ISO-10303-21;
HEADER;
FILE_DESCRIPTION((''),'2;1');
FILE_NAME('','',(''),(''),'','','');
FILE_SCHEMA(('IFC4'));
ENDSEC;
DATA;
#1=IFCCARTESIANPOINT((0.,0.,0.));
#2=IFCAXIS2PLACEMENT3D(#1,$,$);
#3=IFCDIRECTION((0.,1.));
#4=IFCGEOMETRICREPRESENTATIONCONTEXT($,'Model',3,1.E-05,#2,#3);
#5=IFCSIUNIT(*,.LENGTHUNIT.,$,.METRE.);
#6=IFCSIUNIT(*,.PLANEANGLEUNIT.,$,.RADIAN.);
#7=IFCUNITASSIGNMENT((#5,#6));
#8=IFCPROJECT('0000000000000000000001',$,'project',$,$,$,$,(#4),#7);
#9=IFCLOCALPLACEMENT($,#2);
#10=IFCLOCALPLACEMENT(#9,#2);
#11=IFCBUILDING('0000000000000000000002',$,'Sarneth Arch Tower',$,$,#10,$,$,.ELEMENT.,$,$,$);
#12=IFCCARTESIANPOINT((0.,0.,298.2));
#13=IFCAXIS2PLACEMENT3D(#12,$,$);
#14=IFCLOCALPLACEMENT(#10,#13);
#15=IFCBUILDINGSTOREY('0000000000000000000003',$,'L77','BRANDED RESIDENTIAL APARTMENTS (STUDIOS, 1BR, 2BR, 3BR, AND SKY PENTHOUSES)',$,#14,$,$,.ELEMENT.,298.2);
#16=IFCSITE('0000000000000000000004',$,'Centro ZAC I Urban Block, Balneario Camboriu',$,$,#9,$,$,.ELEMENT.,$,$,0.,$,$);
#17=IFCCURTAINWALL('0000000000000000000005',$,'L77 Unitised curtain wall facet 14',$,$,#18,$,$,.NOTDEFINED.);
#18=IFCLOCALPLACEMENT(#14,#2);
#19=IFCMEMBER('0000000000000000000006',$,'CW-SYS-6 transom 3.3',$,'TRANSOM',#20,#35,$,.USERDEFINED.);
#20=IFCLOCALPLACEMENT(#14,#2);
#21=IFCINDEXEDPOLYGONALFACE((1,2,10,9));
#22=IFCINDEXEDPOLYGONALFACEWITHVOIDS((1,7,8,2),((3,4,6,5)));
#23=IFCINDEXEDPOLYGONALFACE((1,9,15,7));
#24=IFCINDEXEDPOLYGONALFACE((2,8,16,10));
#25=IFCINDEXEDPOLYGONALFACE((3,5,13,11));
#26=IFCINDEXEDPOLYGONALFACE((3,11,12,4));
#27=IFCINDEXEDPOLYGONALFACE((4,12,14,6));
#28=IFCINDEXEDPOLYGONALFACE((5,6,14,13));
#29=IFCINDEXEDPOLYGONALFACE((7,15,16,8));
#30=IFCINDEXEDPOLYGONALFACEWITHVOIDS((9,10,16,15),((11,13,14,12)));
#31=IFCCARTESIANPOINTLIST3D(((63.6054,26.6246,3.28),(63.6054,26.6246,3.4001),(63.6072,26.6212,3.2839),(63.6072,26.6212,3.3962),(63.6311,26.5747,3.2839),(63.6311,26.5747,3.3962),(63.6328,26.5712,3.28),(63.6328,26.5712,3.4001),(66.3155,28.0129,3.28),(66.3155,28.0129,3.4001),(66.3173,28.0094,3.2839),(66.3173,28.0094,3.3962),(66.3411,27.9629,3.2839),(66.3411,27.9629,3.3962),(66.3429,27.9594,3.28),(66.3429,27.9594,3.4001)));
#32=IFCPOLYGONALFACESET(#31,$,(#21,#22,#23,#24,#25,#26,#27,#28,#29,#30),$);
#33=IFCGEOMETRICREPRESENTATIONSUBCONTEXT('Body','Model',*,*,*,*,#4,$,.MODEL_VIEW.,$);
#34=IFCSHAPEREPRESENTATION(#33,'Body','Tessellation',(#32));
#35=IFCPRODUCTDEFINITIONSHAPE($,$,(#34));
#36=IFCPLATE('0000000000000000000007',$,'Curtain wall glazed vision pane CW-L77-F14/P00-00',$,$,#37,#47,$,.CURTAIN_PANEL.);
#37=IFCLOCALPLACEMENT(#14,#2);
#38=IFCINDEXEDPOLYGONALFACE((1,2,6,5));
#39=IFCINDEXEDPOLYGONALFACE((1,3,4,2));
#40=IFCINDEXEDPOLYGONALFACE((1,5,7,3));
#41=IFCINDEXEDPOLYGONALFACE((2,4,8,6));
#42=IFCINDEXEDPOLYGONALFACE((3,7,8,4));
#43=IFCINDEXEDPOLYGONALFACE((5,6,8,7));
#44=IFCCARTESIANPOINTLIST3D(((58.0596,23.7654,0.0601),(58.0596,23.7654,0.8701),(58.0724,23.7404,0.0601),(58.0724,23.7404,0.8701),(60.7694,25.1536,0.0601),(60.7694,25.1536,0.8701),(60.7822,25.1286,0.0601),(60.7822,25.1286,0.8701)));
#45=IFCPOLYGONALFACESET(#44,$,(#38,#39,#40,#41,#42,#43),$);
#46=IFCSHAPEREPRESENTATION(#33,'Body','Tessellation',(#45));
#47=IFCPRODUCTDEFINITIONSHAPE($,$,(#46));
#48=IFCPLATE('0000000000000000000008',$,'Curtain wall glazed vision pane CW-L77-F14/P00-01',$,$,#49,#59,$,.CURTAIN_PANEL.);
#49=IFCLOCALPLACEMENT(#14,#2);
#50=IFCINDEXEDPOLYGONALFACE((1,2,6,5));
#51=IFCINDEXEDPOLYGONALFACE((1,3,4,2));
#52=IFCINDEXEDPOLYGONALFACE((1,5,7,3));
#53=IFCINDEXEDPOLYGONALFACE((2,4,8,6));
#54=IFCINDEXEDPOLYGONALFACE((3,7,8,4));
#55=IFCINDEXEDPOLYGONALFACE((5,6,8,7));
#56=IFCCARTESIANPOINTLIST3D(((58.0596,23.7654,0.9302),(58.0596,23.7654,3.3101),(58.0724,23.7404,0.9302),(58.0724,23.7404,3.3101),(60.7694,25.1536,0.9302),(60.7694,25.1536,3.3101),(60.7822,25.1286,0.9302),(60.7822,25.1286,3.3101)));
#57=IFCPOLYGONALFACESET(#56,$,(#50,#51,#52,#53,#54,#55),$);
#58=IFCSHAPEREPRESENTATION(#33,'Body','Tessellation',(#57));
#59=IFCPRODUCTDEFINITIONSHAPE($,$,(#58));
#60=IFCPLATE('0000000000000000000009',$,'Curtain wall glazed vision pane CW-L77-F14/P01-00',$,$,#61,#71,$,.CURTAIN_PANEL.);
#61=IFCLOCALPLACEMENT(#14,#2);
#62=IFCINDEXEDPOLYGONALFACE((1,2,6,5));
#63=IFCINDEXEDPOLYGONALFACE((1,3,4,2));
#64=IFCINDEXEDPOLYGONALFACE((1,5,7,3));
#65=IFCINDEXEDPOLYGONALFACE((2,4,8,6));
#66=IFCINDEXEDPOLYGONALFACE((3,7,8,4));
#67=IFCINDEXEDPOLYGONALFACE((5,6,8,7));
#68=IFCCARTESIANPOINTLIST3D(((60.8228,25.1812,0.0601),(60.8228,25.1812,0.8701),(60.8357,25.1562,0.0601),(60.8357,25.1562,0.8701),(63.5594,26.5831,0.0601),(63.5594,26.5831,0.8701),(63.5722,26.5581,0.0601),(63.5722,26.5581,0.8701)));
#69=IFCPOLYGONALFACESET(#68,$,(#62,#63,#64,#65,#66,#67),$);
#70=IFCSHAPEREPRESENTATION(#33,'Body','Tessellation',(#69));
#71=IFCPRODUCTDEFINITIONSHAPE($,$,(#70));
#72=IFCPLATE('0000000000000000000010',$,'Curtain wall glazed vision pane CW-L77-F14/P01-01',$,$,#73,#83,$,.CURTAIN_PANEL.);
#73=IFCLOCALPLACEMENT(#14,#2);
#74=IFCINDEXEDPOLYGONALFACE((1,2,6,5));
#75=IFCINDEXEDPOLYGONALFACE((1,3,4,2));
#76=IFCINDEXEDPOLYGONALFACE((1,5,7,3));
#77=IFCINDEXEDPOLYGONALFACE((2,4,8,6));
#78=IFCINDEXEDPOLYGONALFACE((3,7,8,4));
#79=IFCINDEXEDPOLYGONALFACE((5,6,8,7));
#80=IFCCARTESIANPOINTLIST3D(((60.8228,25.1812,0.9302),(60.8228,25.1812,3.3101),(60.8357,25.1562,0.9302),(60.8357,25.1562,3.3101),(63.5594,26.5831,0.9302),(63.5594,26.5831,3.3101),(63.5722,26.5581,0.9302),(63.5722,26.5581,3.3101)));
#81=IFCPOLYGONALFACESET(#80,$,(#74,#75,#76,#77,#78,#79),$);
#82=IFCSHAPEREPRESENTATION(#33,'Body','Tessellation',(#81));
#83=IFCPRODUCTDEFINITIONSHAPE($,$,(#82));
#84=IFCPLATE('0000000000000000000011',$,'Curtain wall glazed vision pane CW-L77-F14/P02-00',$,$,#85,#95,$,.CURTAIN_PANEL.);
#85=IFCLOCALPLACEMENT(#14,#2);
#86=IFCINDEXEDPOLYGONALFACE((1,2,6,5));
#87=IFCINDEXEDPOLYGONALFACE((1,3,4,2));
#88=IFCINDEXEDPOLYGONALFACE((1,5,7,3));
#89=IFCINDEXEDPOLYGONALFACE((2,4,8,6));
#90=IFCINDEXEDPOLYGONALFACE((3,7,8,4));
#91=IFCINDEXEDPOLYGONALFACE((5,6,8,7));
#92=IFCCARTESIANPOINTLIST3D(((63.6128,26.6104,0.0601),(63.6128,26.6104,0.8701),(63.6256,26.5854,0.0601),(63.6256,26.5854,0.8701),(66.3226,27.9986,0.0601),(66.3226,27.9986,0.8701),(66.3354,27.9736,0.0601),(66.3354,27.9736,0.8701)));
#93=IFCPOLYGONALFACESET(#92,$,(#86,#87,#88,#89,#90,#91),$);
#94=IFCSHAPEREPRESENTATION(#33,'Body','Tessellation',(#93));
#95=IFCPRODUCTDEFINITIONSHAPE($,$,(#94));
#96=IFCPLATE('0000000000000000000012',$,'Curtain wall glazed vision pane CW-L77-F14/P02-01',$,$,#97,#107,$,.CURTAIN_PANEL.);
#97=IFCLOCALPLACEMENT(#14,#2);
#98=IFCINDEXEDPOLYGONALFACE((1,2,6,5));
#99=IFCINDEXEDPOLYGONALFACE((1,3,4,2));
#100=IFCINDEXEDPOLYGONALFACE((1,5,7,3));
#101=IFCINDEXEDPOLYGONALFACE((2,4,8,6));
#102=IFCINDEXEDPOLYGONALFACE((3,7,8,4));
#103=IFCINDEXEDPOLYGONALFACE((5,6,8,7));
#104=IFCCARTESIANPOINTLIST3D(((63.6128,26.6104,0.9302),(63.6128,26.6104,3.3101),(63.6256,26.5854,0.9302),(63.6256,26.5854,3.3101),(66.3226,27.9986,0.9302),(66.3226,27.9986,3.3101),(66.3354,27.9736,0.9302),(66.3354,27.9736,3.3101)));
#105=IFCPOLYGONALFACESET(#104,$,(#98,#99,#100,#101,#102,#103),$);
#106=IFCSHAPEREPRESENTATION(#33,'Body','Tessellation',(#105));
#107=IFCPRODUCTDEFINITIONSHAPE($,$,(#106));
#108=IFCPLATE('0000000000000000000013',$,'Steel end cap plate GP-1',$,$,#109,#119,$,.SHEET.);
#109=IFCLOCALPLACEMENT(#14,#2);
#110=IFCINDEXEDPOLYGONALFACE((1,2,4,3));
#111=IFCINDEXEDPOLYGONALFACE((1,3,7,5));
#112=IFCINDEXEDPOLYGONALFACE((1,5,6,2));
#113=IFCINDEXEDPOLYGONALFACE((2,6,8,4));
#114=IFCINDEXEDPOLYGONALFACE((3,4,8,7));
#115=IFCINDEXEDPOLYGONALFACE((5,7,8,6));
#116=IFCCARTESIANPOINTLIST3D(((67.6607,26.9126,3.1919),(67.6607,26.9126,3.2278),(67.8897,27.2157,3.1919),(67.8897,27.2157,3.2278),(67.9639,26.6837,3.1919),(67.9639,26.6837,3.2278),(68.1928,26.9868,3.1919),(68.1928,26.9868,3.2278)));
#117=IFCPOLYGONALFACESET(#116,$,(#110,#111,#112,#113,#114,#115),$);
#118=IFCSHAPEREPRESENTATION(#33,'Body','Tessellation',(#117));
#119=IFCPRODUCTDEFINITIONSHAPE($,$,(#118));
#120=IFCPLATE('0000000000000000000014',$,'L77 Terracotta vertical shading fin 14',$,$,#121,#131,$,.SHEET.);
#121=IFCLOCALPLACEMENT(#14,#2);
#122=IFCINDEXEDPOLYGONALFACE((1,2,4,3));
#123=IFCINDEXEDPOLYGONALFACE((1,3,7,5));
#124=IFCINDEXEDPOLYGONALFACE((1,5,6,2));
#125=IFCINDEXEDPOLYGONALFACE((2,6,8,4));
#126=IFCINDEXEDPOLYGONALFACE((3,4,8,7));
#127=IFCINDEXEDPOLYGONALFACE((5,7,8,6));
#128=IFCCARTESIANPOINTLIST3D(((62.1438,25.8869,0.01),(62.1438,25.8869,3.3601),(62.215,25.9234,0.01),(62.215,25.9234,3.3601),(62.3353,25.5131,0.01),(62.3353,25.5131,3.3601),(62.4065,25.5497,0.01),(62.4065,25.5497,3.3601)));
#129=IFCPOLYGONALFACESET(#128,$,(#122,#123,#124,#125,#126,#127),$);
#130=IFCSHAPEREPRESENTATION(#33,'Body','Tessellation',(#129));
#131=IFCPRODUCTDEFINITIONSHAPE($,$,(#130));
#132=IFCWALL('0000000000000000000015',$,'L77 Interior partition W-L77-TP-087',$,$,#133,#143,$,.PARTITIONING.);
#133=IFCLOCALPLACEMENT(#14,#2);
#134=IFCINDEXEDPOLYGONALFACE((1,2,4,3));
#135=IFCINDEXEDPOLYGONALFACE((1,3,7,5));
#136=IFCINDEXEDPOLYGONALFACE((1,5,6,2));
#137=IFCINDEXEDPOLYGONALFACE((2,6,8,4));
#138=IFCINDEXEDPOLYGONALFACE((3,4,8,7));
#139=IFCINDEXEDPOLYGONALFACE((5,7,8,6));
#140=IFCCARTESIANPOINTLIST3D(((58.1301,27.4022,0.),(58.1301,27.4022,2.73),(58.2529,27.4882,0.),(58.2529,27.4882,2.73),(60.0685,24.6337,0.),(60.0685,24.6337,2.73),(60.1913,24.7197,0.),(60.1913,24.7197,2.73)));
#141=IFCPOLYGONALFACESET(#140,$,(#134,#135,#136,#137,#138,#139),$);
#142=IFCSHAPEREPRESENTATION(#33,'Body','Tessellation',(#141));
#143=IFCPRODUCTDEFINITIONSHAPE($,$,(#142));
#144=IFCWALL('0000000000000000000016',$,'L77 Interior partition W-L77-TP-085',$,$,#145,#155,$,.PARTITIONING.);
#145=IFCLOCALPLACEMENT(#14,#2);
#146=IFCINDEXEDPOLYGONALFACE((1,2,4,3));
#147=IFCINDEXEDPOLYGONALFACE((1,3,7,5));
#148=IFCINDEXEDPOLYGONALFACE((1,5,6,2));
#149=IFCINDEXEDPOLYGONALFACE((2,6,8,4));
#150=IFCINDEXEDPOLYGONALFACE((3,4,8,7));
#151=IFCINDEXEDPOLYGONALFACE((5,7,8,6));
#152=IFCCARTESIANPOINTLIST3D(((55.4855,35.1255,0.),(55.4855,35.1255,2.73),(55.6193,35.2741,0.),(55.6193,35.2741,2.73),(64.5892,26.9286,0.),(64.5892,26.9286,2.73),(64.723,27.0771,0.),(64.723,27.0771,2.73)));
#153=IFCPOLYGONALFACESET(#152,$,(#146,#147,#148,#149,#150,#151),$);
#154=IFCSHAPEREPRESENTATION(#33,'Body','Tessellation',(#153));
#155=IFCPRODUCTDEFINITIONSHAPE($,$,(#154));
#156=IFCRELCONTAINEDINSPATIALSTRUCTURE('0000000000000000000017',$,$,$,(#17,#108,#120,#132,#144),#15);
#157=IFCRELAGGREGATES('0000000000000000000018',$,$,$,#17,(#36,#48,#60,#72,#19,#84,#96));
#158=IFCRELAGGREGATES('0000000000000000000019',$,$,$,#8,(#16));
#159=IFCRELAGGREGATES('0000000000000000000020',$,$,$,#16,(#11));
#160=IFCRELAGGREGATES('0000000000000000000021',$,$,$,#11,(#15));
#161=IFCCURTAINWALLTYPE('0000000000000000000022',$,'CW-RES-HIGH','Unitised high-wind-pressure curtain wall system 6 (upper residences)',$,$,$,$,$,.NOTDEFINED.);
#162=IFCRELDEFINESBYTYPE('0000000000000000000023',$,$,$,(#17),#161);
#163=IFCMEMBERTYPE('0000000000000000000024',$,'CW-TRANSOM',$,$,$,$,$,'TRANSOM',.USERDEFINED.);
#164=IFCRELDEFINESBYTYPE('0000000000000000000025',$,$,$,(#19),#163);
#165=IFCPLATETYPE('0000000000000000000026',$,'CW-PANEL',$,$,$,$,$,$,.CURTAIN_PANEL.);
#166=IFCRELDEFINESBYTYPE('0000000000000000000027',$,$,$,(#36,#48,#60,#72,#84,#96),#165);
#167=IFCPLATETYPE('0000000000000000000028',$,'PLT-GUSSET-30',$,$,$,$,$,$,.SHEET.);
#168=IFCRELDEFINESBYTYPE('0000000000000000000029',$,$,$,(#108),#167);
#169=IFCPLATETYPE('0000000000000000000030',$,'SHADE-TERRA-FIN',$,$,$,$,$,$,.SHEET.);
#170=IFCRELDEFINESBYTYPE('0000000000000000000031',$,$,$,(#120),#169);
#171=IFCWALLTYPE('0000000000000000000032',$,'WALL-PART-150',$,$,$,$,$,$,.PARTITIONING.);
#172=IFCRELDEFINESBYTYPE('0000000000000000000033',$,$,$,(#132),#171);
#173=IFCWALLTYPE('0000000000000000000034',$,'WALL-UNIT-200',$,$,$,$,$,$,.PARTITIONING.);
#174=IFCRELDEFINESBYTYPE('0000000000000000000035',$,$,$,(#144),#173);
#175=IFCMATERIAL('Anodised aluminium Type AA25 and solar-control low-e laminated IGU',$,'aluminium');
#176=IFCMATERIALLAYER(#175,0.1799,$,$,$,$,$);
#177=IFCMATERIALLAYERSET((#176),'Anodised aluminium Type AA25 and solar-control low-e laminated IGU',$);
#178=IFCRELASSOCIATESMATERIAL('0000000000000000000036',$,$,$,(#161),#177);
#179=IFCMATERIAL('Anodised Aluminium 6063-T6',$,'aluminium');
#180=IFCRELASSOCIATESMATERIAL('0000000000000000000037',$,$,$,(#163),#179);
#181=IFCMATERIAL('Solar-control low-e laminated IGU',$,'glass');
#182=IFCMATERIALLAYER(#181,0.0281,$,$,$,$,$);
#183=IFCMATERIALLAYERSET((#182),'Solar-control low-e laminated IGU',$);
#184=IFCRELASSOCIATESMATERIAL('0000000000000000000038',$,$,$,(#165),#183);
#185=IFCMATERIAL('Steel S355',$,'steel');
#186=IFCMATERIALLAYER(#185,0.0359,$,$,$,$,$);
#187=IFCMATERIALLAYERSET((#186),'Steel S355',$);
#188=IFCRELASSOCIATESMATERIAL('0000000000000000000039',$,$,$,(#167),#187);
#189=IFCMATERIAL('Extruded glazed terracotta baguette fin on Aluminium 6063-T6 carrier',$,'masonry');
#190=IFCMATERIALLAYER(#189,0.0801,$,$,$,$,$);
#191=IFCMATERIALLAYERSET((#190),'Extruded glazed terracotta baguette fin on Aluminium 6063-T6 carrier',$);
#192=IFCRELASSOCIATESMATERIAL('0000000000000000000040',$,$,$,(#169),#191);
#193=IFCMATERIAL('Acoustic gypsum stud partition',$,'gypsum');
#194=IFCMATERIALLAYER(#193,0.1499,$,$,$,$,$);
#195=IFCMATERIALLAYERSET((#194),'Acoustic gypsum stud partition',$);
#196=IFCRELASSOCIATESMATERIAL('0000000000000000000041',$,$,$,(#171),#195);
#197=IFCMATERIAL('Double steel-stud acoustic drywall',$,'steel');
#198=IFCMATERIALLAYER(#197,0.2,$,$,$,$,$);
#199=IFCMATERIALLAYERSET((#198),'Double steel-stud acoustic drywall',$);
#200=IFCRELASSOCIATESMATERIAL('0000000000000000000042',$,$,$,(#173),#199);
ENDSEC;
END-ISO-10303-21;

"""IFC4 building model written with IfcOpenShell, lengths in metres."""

from ifc_helpers import new_model, si_unit, direction, frame, frame_2d, origin, origin_2d, place, context, subcontext, project, spatial, rectangle, hollow_rectangle, extrude, material, layer, layer_set, material_profile, profile_set, type_object, element, aggregate, save


model = new_model("IFC4")

# Units and contexts
model_context = context("Model", 3, precision=1e-05, world=origin(), true_north=direction((0.0, 1.0)))
body_context = subcontext(model_context, "Body", "Model", "MODEL_VIEW")
ifc_project = project(units=[si_unit("LENGTHUNIT", "METRE"), si_unit("PLANEANGLEUNIT", "RADIAN")], contexts=[model_context])

# Site, building, storey
site_placement = place(None, origin())
site = spatial("IfcSite", under=ifc_project, at=site_placement, Name="Centro ZAC I Urban Block, Balneario Camboriu", CompositionType="ELEMENT", RefElevation=0.0)
building_placement = place(site_placement, origin())
building = spatial("IfcBuilding", under=site, at=building_placement, Name="Sarneth Arch Tower", CompositionType="ELEMENT")
storey_placement = place(building_placement, frame((0.0, 0.0, 298.2)))
storey = spatial("IfcBuildingStorey", under=building, at=storey_placement, Name="L77", Description="BRANDED RESIDENTIAL APARTMENTS (STUDIOS, 1BR, 2BR, 3BR, AND SKY PENTHOUSES)", CompositionType="ELEMENT", Elevation=298.2)

# Curtain wall, member, plates
ifc_material_1 = material(Name="Anodised aluminium Type AA25 and solar-control low-e laminated IGU", Category="aluminium")
ifc_layer_1 = layer(ifc_material_1, 0.1799)
ifc_layer_set_1 = layer_set([ifc_layer_1], Name="Anodised aluminium Type AA25 and solar-control low-e laminated IGU")
curtain_wall_type = type_object("IfcCurtainWallType", Name="CW-RES-HIGH", Description="Unitised high-wind-pressure curtain wall system 6 (upper residences)", PredefinedType="NOTDEFINED", material=ifc_layer_set_1)
curtain_wall_placement = place(storey_placement, origin())
curtain_wall = element("IfcCurtainWall", 1, at=curtain_wall_placement, inside=storey, type_object=curtain_wall_type, Name="L77 Unitised curtain wall facet 14", PredefinedType="NOTDEFINED")
ifc_material_2 = material(Name="Anodised Aluminium 6063-T6", Category="aluminium")
ifc_material_profile_1 = material_profile(ifc_material_2, hollow_rectangle(XDim=0.0601, YDim=0.1201, WallThickness=0.0039, at=origin_2d()), Name="AL-TRAN-120x60x4")
ifc_profile_set_1 = profile_set([ifc_material_profile_1], Name="Anodised Aluminium 6063-T6")
member_type_1 = type_object("IfcMemberType", Name="CW-TRANSOM", ElementType="TRANSOM", PredefinedType="USERDEFINED", material=ifc_profile_set_1)
member_1_placement = place(storey_placement, frame((63.6191, 26.5979, 3.3401), z_axis=(0.890023, 0.455916, 0.0), x_axis=(-0.455916, 0.890023, 0.0)))
member_1 = element("IfcMember", 2, at=member_1_placement, type_object=member_type_1, Name="CW-SYS-6 transom 3.3", ObjectType="TRANSOM", PredefinedType="USERDEFINED", context=body_context, shape_type="SweptSolid", body=[
    extrude(hollow_rectangle(XDim=0.0601, YDim=0.1201, WallThickness=0.0039, at=origin_2d()), origin(), (0.0, 0.0, 1.0), 3.0449),
])
ifc_material_3 = material(Name="Solar-control low-e laminated IGU", Category="glass")
ifc_layer_2 = layer(ifc_material_3, 0.0281)
ifc_layer_set_2 = layer_set([ifc_layer_2], Name="Solar-control low-e laminated IGU")
plate_type_1 = type_object("IfcPlateType", Name="CW-PANEL", PredefinedType="CURTAIN_PANEL", material=ifc_layer_set_2)
plate_1_placement = place(storey_placement, frame((59.4209, 24.447, 0.0601), z_axis=(0.0, 0.0, 1.0), x_axis=(0.89001, 0.455942, 0.0)))
plate_1 = element("IfcPlate", 3, at=plate_1_placement, type_object=plate_type_1, Name="Curtain wall glazed vision pane CW-L77-F14/P00-00", PredefinedType="CURTAIN_PANEL", context=body_context, shape_type="SweptSolid", body=[
    extrude(rectangle(XDim=3.0447, YDim=0.0281, at=origin_2d()), origin(), (0.0, 0.0, 1.0), 0.8101),
])
plate_2_placement = place(storey_placement, frame((59.4209, 24.447, 0.9302), z_axis=(0.0, 0.0, 1.0), x_axis=(0.89001, 0.455942, 0.0)))
plate_2 = element("IfcPlate", 4, at=plate_2_placement, type_object=plate_type_1, Name="Curtain wall glazed vision pane CW-L77-F14/P00-01", PredefinedType="CURTAIN_PANEL", context=body_context, shape_type="SweptSolid", body=[
    extrude(rectangle(XDim=3.0447, YDim=0.0281, at=origin_2d()), origin(), (0.0, 0.0, 1.0), 2.3799),
])
plate_3_placement = place(storey_placement, frame((62.1975, 25.8696, 0.0601), z_axis=(0.0, 0.0, 1.0), x_axis=(0.89001, 0.455942, 0.0)))
plate_3 = element("IfcPlate", 5, at=plate_3_placement, type_object=plate_type_1, Name="Curtain wall glazed vision pane CW-L77-F14/P01-00", PredefinedType="CURTAIN_PANEL", context=body_context, shape_type="SweptSolid", body=[
    extrude(rectangle(XDim=3.0747, YDim=0.0281, at=origin_2d()), origin(), (0.0, 0.0, 1.0), 0.8101),
])
plate_4_placement = place(storey_placement, frame((62.1975, 25.8696, 0.9302), z_axis=(0.0, 0.0, 1.0), x_axis=(0.89001, 0.455942, 0.0)))
plate_4 = element("IfcPlate", 6, at=plate_4_placement, type_object=plate_type_1, Name="Curtain wall glazed vision pane CW-L77-F14/P01-01", PredefinedType="CURTAIN_PANEL", context=body_context, shape_type="SweptSolid", body=[
    extrude(rectangle(XDim=3.0747, YDim=0.0281, at=origin_2d()), origin(), (0.0, 0.0, 1.0), 2.3799),
])
plate_5_placement = place(storey_placement, frame((64.9741, 27.292, 0.0601), z_axis=(0.0, 0.0, 1.0), x_axis=(0.89001, 0.455942, 0.0)))
plate_5 = element("IfcPlate", 7, at=plate_5_placement, type_object=plate_type_1, Name="Curtain wall glazed vision pane CW-L77-F14/P02-00", PredefinedType="CURTAIN_PANEL", context=body_context, shape_type="SweptSolid", body=[
    extrude(rectangle(XDim=3.0447, YDim=0.0281, at=origin_2d()), origin(), (0.0, 0.0, 1.0), 0.8101),
])
plate_6_placement = place(storey_placement, frame((64.9741, 27.292, 0.9302), z_axis=(0.0, 0.0, 1.0), x_axis=(0.89001, 0.455942, 0.0)))
plate_6 = element("IfcPlate", 8, at=plate_6_placement, type_object=plate_type_1, Name="Curtain wall glazed vision pane CW-L77-F14/P02-01", PredefinedType="CURTAIN_PANEL", context=body_context, shape_type="SweptSolid", body=[
    extrude(rectangle(XDim=3.0447, YDim=0.0281, at=origin_2d()), origin(), (0.0, 0.0, 1.0), 2.3799),
])
aggregate(curtain_wall, [plate_1, plate_2, plate_3, plate_4, member_1, plate_5, plate_6])

# Plates
ifc_material_4 = material(Name="Steel S355", Category="steel")
ifc_layer_3 = layer(ifc_material_4, 0.0359)
ifc_layer_set_3 = layer_set([ifc_layer_3], Name="Steel S355")
plate_type_2 = type_object("IfcPlateType", Name="PLT-GUSSET-30", PredefinedType="SHEET", material=ifc_layer_set_3)
plate_7_placement = place(storey_placement, frame((67.9268, 26.9497, 3.1919), z_axis=(0.0, 0.0, 1.0), x_axis=(0.798005, -0.602651, 0.0)))
element("IfcPlate", 9, at=plate_7_placement, inside=storey, type_object=plate_type_2, Name="Steel end cap plate GP-1", PredefinedType="SHEET", context=body_context, shape_type="SweptSolid", body=[
    extrude(rectangle(XDim=0.3799, YDim=0.3799, at=origin_2d()), origin(), (0.0, 0.0, 1.0), 0.0359),
])
ifc_material_5 = material(Name="Extruded glazed terracotta baguette fin on Aluminium 6063-T6 carrier", Category="masonry")
ifc_layer_4 = layer(ifc_material_5, 0.0801)
ifc_layer_set_4 = layer_set([ifc_layer_4], Name="Extruded glazed terracotta baguette fin on Aluminium 6063-T6 carrier")
plate_type_3 = type_object("IfcPlateType", Name="SHADE-TERRA-FIN", PredefinedType="SHEET", material=ifc_layer_set_4)
plate_8_placement = place(storey_placement, frame((62.2751, 25.7183, 0.01), z_axis=(0.0, 0.0, 1.0), x_axis=(0.456011, -0.889974, 0.0)))
element("IfcPlate", 10, at=plate_8_placement, inside=storey, type_object=plate_type_3, Name="L77 Terracotta vertical shading fin 14", PredefinedType="SHEET", context=body_context, shape_type="SweptSolid", body=[
    extrude(rectangle(XDim=0.4199, YDim=0.0801, at=origin_2d()), origin(), (0.0, 0.0, 1.0), 3.3501),
])

# Walls
ifc_material_6 = material(Name="Acoustic gypsum stud partition", Category="gypsum")
ifc_layer_5 = layer(ifc_material_6, 0.1499)
ifc_layer_set_5 = layer_set([ifc_layer_5], Name="Acoustic gypsum stud partition")
wall_type_1 = type_object("IfcWallType", Name="WALL-PART-150", PredefinedType="PARTITIONING", material=ifc_layer_set_5)
wall_1_placement = place(storey_placement, frame((58.1914, 27.4453, 0.0), z_axis=(0.0, 0.0, 1.0), x_axis=(0.573559, -0.819164, 0.0)))
element("IfcWall", 11, at=wall_1_placement, inside=storey, type_object=wall_type_1, Name="L77 Interior partition W-L77-TP-087", PredefinedType="PARTITIONING", context=body_context, shape_type="SweptSolid", body=[
    extrude(rectangle(XDim=3.3796, YDim=0.1499, at=frame_2d((1.6899, 0.0))), origin(), (0.0, 0.0, 1.0), 2.73),
])
ifc_material_7 = material(Name="Double steel-stud acoustic drywall", Category="steel")
ifc_layer_6 = layer(ifc_material_7, 0.2)
ifc_layer_set_6 = layer_set([ifc_layer_6], Name="Double steel-stud acoustic drywall")
wall_type_2 = type_object("IfcWallType", Name="WALL-UNIT-200", PredefinedType="PARTITIONING", material=ifc_layer_set_6)
wall_2_placement = place(storey_placement, frame((64.656, 27.0029, 0.0), z_axis=(0.0, 0.0, 1.0), x_axis=(-0.743146, 0.669129, 0.0)))
element("IfcWall", 12, at=wall_2_placement, inside=storey, type_object=wall_type_2, Name="L77 Interior partition W-L77-TP-085", PredefinedType="PARTITIONING", context=body_context, shape_type="SweptSolid", body=[
    extrude(rectangle(XDim=12.2502, YDim=0.2, at=frame_2d((6.125, 0.0))), origin(), (0.0, 0.0, 1.0), 2.73),
])

save(model, "model.ifc")
